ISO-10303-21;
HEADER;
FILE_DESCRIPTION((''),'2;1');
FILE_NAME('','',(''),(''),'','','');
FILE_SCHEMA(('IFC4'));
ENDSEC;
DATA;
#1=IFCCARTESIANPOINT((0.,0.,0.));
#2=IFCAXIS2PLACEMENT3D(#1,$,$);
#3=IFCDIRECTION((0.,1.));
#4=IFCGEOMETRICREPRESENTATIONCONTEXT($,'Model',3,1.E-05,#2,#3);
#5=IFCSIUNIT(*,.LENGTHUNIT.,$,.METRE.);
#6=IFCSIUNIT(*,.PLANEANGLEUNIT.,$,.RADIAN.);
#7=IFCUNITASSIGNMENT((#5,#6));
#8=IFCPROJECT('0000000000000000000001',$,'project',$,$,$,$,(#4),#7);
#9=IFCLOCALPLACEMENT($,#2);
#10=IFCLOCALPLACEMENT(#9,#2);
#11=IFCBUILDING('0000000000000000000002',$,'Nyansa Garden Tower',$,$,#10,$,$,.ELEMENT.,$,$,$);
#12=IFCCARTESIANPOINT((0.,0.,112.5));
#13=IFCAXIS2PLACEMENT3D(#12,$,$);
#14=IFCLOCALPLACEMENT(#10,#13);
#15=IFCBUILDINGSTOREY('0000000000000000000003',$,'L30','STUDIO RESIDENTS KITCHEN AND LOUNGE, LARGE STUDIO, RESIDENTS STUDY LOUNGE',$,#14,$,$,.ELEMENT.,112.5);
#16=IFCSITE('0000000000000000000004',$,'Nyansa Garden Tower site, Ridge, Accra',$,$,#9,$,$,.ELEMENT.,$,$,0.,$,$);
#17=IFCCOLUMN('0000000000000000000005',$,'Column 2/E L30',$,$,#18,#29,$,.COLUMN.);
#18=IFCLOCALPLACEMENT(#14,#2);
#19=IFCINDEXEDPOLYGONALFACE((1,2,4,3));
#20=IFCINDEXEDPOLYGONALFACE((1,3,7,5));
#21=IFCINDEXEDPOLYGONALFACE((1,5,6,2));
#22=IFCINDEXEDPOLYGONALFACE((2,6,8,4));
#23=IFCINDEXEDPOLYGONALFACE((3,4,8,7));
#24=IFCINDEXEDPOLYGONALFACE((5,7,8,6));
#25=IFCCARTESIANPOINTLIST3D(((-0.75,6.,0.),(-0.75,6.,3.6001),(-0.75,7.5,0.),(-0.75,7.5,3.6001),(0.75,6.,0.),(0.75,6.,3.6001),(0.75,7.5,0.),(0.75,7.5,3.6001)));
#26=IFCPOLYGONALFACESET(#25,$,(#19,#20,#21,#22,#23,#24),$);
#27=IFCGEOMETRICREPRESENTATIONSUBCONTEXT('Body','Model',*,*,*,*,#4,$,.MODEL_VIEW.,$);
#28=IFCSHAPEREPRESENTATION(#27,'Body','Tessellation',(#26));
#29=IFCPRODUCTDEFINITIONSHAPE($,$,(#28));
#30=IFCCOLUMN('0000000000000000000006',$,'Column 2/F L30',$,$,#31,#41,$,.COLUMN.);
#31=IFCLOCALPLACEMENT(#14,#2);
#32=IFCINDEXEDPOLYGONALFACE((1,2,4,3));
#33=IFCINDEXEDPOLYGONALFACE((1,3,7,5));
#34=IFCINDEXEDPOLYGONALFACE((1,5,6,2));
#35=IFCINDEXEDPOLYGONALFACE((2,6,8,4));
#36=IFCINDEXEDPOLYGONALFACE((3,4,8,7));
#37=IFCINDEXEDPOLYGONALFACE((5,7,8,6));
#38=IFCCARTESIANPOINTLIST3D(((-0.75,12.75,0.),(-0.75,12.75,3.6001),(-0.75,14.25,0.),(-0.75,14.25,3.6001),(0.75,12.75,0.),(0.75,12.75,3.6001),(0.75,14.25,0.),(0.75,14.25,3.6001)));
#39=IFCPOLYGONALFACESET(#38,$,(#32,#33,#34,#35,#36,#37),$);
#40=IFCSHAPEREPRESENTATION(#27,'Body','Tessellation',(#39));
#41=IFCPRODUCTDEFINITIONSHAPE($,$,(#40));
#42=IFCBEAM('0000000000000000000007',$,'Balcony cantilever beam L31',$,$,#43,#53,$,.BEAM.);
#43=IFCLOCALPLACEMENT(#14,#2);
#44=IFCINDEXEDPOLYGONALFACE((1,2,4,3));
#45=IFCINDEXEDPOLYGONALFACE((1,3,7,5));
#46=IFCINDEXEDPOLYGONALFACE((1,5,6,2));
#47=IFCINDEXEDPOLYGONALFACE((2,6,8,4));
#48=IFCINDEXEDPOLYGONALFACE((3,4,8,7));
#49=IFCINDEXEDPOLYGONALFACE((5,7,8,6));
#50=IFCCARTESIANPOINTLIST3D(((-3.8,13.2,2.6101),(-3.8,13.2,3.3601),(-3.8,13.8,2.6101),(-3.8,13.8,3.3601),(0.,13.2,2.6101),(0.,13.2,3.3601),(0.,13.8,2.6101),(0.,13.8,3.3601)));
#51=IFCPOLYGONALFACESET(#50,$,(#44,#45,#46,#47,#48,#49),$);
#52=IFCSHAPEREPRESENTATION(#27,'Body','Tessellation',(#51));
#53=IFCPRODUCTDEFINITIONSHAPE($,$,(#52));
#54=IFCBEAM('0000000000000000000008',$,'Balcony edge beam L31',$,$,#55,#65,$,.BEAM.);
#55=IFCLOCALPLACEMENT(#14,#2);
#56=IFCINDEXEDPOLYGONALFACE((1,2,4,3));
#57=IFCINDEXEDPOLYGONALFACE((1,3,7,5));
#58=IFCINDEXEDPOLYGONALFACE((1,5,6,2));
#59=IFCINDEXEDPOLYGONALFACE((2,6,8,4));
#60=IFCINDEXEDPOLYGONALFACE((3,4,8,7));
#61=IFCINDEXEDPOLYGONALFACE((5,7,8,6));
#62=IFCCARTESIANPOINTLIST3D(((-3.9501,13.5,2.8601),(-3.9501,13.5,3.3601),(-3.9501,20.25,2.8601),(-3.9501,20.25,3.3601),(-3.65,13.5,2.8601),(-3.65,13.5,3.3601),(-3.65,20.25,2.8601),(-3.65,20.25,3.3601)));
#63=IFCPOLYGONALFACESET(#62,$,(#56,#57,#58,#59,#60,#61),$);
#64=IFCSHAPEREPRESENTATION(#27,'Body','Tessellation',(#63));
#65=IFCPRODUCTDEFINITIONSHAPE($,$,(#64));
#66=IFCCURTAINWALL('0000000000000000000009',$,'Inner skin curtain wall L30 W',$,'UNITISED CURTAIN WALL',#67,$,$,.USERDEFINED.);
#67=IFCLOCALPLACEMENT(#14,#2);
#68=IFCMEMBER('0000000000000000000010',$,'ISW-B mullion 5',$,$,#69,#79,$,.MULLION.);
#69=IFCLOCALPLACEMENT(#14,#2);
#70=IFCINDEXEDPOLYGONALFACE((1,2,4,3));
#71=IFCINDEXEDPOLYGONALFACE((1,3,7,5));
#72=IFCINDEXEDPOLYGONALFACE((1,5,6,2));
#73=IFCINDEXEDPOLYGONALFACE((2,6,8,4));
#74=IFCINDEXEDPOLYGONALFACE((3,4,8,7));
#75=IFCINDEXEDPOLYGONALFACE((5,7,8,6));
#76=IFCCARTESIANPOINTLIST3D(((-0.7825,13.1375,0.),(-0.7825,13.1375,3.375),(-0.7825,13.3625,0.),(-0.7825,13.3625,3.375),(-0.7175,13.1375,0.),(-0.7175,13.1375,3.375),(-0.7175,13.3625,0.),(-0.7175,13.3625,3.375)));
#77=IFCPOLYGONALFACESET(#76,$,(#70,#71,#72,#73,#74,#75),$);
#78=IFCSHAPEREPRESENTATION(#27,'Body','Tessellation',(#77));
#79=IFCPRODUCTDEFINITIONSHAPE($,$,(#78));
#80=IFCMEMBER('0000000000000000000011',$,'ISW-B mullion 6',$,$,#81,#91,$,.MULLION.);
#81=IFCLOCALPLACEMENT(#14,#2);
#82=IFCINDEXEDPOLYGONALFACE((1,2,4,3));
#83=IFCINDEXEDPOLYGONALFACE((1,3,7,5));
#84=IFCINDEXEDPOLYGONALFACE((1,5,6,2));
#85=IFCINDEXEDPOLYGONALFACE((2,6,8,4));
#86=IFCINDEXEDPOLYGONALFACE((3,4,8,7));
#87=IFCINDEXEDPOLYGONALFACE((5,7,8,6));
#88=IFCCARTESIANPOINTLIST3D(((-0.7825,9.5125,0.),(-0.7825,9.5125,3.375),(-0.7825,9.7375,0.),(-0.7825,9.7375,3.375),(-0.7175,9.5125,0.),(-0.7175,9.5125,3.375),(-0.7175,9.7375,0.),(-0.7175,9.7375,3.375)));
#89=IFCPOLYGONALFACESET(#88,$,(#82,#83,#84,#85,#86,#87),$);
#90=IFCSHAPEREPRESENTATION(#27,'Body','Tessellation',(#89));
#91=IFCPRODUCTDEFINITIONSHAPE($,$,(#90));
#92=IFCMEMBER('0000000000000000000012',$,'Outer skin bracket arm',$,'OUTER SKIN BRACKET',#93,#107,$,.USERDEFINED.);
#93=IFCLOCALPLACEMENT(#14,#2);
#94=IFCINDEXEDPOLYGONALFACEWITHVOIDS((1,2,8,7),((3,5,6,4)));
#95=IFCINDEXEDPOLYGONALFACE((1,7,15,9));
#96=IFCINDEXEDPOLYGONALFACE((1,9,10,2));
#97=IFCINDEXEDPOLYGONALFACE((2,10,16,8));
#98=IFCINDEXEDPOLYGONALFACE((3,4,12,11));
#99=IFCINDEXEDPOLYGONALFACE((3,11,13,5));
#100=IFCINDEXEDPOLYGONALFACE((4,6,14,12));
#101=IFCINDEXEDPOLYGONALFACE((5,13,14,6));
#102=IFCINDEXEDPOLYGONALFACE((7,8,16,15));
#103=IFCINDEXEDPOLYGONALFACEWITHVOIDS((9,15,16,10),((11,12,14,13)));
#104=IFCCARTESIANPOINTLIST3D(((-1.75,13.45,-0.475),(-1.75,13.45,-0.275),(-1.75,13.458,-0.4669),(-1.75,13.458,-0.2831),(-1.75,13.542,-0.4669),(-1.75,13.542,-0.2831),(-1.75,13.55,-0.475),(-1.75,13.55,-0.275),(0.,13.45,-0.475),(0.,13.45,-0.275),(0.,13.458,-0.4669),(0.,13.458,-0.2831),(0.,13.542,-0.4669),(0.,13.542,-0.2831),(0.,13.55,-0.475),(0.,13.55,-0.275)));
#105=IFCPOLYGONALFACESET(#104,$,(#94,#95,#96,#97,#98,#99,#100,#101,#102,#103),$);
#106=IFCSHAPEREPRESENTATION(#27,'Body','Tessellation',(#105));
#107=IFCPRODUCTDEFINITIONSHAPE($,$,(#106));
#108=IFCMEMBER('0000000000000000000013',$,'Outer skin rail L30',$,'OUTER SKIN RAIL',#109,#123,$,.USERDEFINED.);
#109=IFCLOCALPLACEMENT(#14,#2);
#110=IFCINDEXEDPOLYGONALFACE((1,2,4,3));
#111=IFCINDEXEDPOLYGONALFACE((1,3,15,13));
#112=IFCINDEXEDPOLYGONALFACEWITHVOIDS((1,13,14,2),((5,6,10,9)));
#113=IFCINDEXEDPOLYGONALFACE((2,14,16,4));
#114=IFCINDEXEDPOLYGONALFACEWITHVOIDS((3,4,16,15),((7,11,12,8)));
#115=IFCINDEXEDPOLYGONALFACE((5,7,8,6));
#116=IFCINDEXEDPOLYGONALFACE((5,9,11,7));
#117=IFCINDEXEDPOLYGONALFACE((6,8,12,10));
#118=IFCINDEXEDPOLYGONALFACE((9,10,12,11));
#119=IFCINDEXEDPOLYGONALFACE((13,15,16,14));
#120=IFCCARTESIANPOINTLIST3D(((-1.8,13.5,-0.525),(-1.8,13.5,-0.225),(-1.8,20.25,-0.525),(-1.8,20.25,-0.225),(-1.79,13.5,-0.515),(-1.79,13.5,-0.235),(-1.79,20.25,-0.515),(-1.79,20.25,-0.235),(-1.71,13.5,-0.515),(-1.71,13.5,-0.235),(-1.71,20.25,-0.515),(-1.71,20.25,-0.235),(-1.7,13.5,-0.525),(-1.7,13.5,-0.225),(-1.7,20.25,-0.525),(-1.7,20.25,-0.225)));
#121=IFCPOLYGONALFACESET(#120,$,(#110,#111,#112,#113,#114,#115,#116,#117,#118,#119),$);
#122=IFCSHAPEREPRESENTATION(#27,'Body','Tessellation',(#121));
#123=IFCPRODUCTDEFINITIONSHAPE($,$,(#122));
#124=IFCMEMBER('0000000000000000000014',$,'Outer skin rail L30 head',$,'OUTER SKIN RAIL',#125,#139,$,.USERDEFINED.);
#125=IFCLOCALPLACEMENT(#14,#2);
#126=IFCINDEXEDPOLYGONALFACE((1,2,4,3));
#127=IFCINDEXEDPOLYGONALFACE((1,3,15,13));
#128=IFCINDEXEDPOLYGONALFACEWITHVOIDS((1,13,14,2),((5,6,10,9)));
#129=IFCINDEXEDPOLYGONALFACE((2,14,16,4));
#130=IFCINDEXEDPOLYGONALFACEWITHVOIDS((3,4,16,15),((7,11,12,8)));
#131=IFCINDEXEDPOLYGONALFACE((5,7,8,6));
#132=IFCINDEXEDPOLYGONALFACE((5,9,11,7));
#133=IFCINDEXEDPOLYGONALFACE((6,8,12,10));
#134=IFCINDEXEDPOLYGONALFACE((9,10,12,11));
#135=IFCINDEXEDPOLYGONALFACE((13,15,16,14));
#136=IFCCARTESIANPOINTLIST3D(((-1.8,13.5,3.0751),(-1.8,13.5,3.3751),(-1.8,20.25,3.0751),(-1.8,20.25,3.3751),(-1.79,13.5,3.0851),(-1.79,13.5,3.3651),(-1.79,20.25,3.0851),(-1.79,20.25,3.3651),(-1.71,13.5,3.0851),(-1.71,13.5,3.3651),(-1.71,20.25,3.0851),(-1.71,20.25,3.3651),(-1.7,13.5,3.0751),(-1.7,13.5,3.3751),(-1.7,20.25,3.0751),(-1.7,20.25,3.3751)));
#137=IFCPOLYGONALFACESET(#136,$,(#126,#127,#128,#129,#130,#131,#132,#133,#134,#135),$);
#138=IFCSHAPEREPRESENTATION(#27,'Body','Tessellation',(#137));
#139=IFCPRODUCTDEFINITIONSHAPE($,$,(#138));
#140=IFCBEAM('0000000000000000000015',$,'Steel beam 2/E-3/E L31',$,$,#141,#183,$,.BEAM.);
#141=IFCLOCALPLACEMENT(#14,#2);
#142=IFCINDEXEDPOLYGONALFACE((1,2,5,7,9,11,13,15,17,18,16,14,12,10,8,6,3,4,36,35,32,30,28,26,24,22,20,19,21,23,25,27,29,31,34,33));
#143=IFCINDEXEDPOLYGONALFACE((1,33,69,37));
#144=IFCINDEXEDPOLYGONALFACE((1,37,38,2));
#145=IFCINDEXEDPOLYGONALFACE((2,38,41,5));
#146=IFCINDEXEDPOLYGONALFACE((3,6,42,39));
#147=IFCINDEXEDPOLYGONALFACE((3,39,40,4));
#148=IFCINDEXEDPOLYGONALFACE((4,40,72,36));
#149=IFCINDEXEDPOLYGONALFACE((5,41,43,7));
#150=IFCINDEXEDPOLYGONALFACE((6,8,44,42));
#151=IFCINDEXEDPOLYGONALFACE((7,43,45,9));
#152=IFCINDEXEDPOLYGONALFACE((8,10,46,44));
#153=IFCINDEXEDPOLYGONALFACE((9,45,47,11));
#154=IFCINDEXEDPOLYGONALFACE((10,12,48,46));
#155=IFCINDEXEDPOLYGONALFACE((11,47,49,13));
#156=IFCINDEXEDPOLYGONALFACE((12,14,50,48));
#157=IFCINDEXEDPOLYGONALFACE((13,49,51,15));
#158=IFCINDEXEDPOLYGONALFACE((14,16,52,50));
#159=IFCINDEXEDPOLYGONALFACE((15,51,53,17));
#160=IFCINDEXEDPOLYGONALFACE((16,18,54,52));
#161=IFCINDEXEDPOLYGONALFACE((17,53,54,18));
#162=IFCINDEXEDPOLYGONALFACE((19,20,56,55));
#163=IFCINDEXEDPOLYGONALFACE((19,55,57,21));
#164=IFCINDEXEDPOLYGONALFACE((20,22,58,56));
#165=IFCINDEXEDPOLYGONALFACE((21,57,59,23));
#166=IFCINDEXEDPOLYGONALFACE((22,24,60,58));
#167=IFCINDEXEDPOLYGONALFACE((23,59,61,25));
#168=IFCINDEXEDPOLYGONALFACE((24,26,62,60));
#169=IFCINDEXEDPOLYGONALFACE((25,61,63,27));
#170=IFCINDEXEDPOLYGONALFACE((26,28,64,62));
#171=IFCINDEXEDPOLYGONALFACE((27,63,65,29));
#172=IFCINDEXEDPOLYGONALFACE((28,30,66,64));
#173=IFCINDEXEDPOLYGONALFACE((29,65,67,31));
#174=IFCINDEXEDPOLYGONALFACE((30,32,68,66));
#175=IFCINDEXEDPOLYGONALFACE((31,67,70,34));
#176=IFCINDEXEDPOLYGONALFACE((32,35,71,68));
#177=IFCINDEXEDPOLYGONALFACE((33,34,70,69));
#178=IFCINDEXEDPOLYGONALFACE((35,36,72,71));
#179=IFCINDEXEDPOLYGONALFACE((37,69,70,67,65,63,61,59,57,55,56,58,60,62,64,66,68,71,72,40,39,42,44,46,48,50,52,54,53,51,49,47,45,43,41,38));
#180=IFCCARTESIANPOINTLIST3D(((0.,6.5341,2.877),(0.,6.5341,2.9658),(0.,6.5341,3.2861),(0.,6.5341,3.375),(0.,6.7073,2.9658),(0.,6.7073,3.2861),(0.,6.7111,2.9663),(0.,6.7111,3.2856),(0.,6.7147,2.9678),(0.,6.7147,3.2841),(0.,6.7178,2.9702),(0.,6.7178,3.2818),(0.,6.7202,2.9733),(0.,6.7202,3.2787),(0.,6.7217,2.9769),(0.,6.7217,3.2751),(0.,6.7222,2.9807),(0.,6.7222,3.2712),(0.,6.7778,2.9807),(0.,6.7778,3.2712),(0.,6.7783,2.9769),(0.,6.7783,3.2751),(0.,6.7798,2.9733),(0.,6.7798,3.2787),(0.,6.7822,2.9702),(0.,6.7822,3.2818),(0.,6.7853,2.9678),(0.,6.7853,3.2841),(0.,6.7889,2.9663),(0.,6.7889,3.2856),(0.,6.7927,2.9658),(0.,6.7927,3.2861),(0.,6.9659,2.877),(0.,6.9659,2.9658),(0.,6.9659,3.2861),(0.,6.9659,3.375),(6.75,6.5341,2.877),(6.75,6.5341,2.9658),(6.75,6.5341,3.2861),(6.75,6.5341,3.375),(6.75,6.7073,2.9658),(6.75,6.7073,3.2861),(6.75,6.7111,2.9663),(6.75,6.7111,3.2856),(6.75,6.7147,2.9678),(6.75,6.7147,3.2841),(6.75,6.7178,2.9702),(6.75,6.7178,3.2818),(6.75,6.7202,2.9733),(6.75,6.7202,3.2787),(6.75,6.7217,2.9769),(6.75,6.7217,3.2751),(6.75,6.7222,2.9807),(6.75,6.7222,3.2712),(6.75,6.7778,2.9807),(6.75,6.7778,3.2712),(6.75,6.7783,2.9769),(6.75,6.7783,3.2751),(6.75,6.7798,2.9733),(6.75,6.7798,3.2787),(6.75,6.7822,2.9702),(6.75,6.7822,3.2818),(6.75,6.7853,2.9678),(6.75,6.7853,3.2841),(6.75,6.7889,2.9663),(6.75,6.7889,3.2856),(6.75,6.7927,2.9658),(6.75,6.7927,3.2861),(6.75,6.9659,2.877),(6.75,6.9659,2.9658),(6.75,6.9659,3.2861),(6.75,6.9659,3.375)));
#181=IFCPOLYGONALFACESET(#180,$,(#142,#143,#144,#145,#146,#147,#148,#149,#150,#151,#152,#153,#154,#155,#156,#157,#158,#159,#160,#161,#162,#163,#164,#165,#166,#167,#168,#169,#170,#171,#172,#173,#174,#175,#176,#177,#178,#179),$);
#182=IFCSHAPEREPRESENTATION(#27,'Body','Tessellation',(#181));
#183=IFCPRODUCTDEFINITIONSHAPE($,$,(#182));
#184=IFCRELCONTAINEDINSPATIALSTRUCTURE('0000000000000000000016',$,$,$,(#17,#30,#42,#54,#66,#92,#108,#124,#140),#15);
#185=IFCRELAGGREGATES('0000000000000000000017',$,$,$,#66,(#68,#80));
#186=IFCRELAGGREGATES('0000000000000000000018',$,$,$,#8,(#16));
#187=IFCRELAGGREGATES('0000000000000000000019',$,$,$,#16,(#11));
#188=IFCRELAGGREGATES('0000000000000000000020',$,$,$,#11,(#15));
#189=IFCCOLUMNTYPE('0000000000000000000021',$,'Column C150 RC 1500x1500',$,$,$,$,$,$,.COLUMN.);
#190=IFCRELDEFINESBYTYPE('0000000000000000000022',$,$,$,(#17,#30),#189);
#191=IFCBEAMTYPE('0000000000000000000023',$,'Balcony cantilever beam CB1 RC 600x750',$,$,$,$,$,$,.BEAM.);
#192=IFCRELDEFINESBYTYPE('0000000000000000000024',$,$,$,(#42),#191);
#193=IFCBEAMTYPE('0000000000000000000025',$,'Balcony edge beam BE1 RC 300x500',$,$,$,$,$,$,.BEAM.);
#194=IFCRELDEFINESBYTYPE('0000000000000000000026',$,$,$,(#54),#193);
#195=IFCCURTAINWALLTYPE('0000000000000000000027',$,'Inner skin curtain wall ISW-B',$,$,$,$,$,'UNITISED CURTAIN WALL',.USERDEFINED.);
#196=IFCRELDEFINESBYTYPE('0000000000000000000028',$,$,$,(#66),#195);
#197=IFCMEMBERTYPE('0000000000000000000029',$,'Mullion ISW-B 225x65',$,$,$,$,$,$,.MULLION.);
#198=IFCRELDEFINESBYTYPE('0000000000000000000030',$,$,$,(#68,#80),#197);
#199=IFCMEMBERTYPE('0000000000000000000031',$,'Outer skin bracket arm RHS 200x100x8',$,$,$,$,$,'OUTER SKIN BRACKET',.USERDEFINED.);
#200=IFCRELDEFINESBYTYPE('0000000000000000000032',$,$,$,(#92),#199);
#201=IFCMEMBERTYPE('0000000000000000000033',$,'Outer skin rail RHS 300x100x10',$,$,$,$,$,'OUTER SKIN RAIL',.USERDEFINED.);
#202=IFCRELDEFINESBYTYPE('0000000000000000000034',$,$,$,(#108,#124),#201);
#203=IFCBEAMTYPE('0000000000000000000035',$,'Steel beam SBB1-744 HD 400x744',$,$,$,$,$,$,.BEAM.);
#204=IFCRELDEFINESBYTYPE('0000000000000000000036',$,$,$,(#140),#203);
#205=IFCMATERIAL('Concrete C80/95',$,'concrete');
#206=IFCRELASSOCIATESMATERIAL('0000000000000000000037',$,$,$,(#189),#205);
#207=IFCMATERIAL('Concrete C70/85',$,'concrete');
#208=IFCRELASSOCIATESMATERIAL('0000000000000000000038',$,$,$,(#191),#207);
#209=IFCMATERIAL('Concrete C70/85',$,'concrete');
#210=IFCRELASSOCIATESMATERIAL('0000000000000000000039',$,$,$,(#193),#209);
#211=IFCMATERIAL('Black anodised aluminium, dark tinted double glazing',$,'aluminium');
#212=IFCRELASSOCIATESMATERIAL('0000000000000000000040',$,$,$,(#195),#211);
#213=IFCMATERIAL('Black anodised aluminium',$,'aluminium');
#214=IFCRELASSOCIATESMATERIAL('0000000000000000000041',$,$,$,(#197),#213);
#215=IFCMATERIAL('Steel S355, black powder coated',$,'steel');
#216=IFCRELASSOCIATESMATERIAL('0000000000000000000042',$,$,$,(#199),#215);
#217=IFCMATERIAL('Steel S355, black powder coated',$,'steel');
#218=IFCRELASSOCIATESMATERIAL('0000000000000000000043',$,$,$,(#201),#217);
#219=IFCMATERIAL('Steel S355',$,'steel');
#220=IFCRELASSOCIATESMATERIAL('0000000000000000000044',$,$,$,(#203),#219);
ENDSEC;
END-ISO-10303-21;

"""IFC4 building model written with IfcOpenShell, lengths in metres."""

from ifc_helpers import new_model, si_unit, direction, frame, origin, origin_2d, place, context, subcontext, project, spatial, rectangle, hollow_rectangle, i_section, extrude, material, material_profile, profile_set, type_object, element, aggregate, save


model = new_model("IFC4")

# Units and contexts
model_context = context("Model", 3, precision=1e-05, world=origin(), true_north=direction((0.0, 1.0)))
body_context = subcontext(model_context, "Body", "Model", "MODEL_VIEW")
ifc_project = project(units=[si_unit("LENGTHUNIT", "METRE"), si_unit("PLANEANGLEUNIT", "RADIAN")], contexts=[model_context])

# Site, building, storey
site_placement = place(None, origin())
site = spatial("IfcSite", under=ifc_project, at=site_placement, Name="Nyansa Garden Tower site, Ridge, Accra", CompositionType="ELEMENT", RefElevation=0.0)
building_placement = place(site_placement, origin())
building = spatial("IfcBuilding", under=site, at=building_placement, Name="Nyansa Garden Tower", CompositionType="ELEMENT")
storey_placement = place(building_placement, frame((0.0, 0.0, 112.5)))
storey = spatial("IfcBuildingStorey", under=building, at=storey_placement, Name="L30", Description="STUDIO RESIDENTS KITCHEN AND LOUNGE, LARGE STUDIO, RESIDENTS STUDY LOUNGE", CompositionType="ELEMENT", Elevation=112.5)

# Columns
ifc_material_1 = material(Name="Concrete C80/95", Category="concrete")
ifc_material_profile_1 = material_profile(ifc_material_1, rectangle(XDim=1.5, YDim=1.5, at=origin_2d()), Name="RC 1500x1500")
ifc_profile_set_1 = profile_set([ifc_material_profile_1], Name="Concrete C80/95")
column_type = type_object("IfcColumnType", Name="Column C150 RC 1500x1500", PredefinedType="COLUMN", material=ifc_profile_set_1)
for number, where, z_axis, x_axis, name in (
    (1, (0.0, 6.75, 0.0), (0.0, 0.0, 1.0), (1.0, 0.0, 0.0), "Column 2/E L30"),
    (2, (0.0, 13.5, 0.0), (0.0, 0.0, 1.0), (1.0, 0.0, 0.0), "Column 2/F L30"),
):
    element("IfcColumn", number, at=place(storey_placement, frame(where, z_axis=z_axis, x_axis=x_axis)), inside=storey, type_object=column_type, Name=name, PredefinedType="COLUMN", context=body_context, shape_type="SweptSolid", body=[
        extrude(rectangle(XDim=1.5, YDim=1.5, at=origin_2d()), origin(), (0.0, 0.0, 1.0), 3.6001),
    ])

# Beams
ifc_material_2 = material(Name="Concrete C70/85", Category="concrete")
ifc_material_profile_2 = material_profile(ifc_material_2, rectangle(XDim=0.6001, YDim=0.75, at=origin_2d()), Name="RC 600x750")
ifc_profile_set_2 = profile_set([ifc_material_profile_2], Name="Concrete C70/85")
beam_type_1 = type_object("IfcBeamType", Name="Balcony cantilever beam CB1 RC 600x750", PredefinedType="BEAM", material=ifc_profile_set_2)
beam_1_placement = place(storey_placement, frame((0.0, 13.5, 2.9851), z_axis=(-1.0, 0.0, 0.0), x_axis=(0.0, -1.0, 0.0)))
element("IfcBeam", 3, at=beam_1_placement, inside=storey, type_object=beam_type_1, Name="Balcony cantilever beam L31", PredefinedType="BEAM", context=body_context, shape_type="SweptSolid", body=[
    extrude(rectangle(XDim=0.6001, YDim=0.75, at=origin_2d()), origin(), (0.0, 0.0, 1.0), 3.8),
])
ifc_material_3 = material(Name="Concrete C70/85", Category="concrete")
ifc_material_profile_3 = material_profile(ifc_material_3, rectangle(XDim=0.3, YDim=0.5, at=origin_2d()), Name="RC 300x500")
ifc_profile_set_3 = profile_set([ifc_material_profile_3], Name="Concrete C70/85")
beam_type_2 = type_object("IfcBeamType", Name="Balcony edge beam BE1 RC 300x500", PredefinedType="BEAM", material=ifc_profile_set_3)
beam_2_placement = place(storey_placement, frame((-3.8, 13.5, 3.1101), z_axis=(0.0, 1.0, 0.0), x_axis=(-1.0, 0.0, 0.0)))
element("IfcBeam", 4, at=beam_2_placement, inside=storey, type_object=beam_type_2, Name="Balcony edge beam L31", PredefinedType="BEAM", context=body_context, shape_type="SweptSolid", body=[
    extrude(rectangle(XDim=0.3, YDim=0.5, at=origin_2d()), origin(), (0.0, 0.0, 1.0), 6.75),
])

# Curtain wall, members
ifc_material_4 = material(Name="Black anodised aluminium, dark tinted double glazing", Category="aluminium")
curtain_wall_type = type_object("IfcCurtainWallType", Name="Inner skin curtain wall ISW-B", ElementType="UNITISED CURTAIN WALL", PredefinedType="USERDEFINED", material=ifc_material_4)
curtain_wall_placement = place(storey_placement, origin())
curtain_wall = element("IfcCurtainWall", 5, at=curtain_wall_placement, inside=storey, type_object=curtain_wall_type, Name="Inner skin curtain wall L30 W", ObjectType="UNITISED CURTAIN WALL", PredefinedType="USERDEFINED")
ifc_material_5 = material(Name="Black anodised aluminium", Category="aluminium")
ifc_material_profile_4 = material_profile(ifc_material_5, rectangle(XDim=0.0649, YDim=0.2251, at=origin_2d()), Name="Mullion 225x65")
ifc_profile_set_4 = profile_set([ifc_material_profile_4], Name="Black anodised aluminium")
member_type_1 = type_object("IfcMemberType", Name="Mullion ISW-B 225x65", PredefinedType="MULLION", material=ifc_profile_set_4)
member_1_placement = place(storey_placement, frame((-0.75, 13.25, 0.0), z_axis=(0.0, 0.0, 1.0), x_axis=(1.0, 0.0, 0.0)))
member_1 = element("IfcMember", 6, at=member_1_placement, type_object=member_type_1, Name="ISW-B mullion 5", PredefinedType="MULLION", context=body_context, shape_type="SweptSolid", body=[
    extrude(rectangle(XDim=0.0649, YDim=0.2251, at=origin_2d()), origin(), (0.0, 0.0, 1.0), 3.375),
])
member_2_placement = place(storey_placement, frame((-0.75, 9.625, 0.0), z_axis=(0.0, 0.0, 1.0), x_axis=(1.0, 0.0, 0.0)))
member_2 = element("IfcMember", 7, at=member_2_placement, type_object=member_type_1, Name="ISW-B mullion 6", PredefinedType="MULLION", context=body_context, shape_type="SweptSolid", body=[
    extrude(rectangle(XDim=0.0649, YDim=0.2251, at=origin_2d()), origin(), (0.0, 0.0, 1.0), 3.375),
])

# Members
ifc_material_6 = material(Name="Steel S355, black powder coated", Category="steel")
ifc_material_profile_5 = material_profile(ifc_material_6, hollow_rectangle(XDim=0.1001, YDim=0.2, WallThickness=0.0081, at=origin_2d()), Name="RHS 200x100x8")
ifc_profile_set_5 = profile_set([ifc_material_profile_5], Name="Steel S355, black powder coated")
member_type_2 = type_object("IfcMemberType", Name="Outer skin bracket arm RHS 200x100x8", ElementType="OUTER SKIN BRACKET", PredefinedType="USERDEFINED", material=ifc_profile_set_5)
member_3_placement = place(storey_placement, frame((0.0, 13.5, -0.375), z_axis=(-1.0, 0.0, 0.0), x_axis=(0.0, -1.0, 0.0)))
element("IfcMember", 8, at=member_3_placement, inside=storey, type_object=member_type_2, Name="Outer skin bracket arm", ObjectType="OUTER SKIN BRACKET", PredefinedType="USERDEFINED", context=body_context, shape_type="SweptSolid", body=[
    extrude(hollow_rectangle(XDim=0.1001, YDim=0.2, WallThickness=0.0081, at=origin_2d()), origin(), (0.0, 0.0, 1.0), 1.75),
])
ifc_material_7 = material(Name="Steel S355, black powder coated", Category="steel")
ifc_material_profile_6 = material_profile(ifc_material_7, hollow_rectangle(XDim=0.1001, YDim=0.3, WallThickness=0.01, at=origin_2d()), Name="RHS 300x100x10")
ifc_profile_set_6 = profile_set([ifc_material_profile_6], Name="Steel S355, black powder coated")
member_type_3 = type_object("IfcMemberType", Name="Outer skin rail RHS 300x100x10", ElementType="OUTER SKIN RAIL", PredefinedType="USERDEFINED", material=ifc_profile_set_6)
for number, where, z_axis, x_axis, name in (
    (9, (-1.75, 13.5, -0.375), (0.0, 1.0, 0.0), (-1.0, 0.0, 0.0), "Outer skin rail L30"),
    (10, (-1.75, 13.5, 3.2251), (0.0, 1.0, 0.0), (-1.0, 0.0, 0.0), "Outer skin rail L30 head"),
):
    element("IfcMember", number, at=place(storey_placement, frame(where, z_axis=z_axis, x_axis=x_axis)), inside=storey, type_object=member_type_3, Name=name, ObjectType="OUTER SKIN RAIL", PredefinedType="USERDEFINED", context=body_context, shape_type="SweptSolid", body=[
        extrude(hollow_rectangle(XDim=0.1001, YDim=0.3, WallThickness=0.01, at=origin_2d()), origin(), (0.0, 0.0, 1.0), 6.75),
    ])

# Beam
ifc_material_8 = material(Name="Steel S355", Category="steel")
ifc_material_profile_7 = material_profile(ifc_material_8, i_section(OverallWidth=0.4319, OverallDepth=0.498, WebThickness=0.0557, FlangeThickness=0.0889, FilletRadius=0.0149, at=origin_2d()), Name="HD 400x744")
ifc_profile_set_7 = profile_set([ifc_material_profile_7], Name="Steel S355")
beam_type_3 = type_object("IfcBeamType", Name="Steel beam SBB1-744 HD 400x744", PredefinedType="BEAM", material=ifc_profile_set_7)
for number, where, z_axis, x_axis, name in (
    (11, (0.0, 6.75, 3.126), (1.0, 0.0, 0.0), (0.0, 1.0, 0.0), "Steel beam 2/E-3/E L31"),
):
    element("IfcBeam", number, at=place(storey_placement, frame(where, z_axis=z_axis, x_axis=x_axis)), inside=storey, type_object=beam_type_3, Name=name, PredefinedType="BEAM", context=body_context, shape_type="SweptSolid", body=[
        extrude(i_section(OverallWidth=0.4319, OverallDepth=0.498, WebThickness=0.0557, FlangeThickness=0.0889, FilletRadius=0.0149, at=origin_2d()), origin(), (0.0, 0.0, 1.0), 6.75),
    ])

aggregate(curtain_wall, [member_1, member_2])

save(model, "model.ifc")
